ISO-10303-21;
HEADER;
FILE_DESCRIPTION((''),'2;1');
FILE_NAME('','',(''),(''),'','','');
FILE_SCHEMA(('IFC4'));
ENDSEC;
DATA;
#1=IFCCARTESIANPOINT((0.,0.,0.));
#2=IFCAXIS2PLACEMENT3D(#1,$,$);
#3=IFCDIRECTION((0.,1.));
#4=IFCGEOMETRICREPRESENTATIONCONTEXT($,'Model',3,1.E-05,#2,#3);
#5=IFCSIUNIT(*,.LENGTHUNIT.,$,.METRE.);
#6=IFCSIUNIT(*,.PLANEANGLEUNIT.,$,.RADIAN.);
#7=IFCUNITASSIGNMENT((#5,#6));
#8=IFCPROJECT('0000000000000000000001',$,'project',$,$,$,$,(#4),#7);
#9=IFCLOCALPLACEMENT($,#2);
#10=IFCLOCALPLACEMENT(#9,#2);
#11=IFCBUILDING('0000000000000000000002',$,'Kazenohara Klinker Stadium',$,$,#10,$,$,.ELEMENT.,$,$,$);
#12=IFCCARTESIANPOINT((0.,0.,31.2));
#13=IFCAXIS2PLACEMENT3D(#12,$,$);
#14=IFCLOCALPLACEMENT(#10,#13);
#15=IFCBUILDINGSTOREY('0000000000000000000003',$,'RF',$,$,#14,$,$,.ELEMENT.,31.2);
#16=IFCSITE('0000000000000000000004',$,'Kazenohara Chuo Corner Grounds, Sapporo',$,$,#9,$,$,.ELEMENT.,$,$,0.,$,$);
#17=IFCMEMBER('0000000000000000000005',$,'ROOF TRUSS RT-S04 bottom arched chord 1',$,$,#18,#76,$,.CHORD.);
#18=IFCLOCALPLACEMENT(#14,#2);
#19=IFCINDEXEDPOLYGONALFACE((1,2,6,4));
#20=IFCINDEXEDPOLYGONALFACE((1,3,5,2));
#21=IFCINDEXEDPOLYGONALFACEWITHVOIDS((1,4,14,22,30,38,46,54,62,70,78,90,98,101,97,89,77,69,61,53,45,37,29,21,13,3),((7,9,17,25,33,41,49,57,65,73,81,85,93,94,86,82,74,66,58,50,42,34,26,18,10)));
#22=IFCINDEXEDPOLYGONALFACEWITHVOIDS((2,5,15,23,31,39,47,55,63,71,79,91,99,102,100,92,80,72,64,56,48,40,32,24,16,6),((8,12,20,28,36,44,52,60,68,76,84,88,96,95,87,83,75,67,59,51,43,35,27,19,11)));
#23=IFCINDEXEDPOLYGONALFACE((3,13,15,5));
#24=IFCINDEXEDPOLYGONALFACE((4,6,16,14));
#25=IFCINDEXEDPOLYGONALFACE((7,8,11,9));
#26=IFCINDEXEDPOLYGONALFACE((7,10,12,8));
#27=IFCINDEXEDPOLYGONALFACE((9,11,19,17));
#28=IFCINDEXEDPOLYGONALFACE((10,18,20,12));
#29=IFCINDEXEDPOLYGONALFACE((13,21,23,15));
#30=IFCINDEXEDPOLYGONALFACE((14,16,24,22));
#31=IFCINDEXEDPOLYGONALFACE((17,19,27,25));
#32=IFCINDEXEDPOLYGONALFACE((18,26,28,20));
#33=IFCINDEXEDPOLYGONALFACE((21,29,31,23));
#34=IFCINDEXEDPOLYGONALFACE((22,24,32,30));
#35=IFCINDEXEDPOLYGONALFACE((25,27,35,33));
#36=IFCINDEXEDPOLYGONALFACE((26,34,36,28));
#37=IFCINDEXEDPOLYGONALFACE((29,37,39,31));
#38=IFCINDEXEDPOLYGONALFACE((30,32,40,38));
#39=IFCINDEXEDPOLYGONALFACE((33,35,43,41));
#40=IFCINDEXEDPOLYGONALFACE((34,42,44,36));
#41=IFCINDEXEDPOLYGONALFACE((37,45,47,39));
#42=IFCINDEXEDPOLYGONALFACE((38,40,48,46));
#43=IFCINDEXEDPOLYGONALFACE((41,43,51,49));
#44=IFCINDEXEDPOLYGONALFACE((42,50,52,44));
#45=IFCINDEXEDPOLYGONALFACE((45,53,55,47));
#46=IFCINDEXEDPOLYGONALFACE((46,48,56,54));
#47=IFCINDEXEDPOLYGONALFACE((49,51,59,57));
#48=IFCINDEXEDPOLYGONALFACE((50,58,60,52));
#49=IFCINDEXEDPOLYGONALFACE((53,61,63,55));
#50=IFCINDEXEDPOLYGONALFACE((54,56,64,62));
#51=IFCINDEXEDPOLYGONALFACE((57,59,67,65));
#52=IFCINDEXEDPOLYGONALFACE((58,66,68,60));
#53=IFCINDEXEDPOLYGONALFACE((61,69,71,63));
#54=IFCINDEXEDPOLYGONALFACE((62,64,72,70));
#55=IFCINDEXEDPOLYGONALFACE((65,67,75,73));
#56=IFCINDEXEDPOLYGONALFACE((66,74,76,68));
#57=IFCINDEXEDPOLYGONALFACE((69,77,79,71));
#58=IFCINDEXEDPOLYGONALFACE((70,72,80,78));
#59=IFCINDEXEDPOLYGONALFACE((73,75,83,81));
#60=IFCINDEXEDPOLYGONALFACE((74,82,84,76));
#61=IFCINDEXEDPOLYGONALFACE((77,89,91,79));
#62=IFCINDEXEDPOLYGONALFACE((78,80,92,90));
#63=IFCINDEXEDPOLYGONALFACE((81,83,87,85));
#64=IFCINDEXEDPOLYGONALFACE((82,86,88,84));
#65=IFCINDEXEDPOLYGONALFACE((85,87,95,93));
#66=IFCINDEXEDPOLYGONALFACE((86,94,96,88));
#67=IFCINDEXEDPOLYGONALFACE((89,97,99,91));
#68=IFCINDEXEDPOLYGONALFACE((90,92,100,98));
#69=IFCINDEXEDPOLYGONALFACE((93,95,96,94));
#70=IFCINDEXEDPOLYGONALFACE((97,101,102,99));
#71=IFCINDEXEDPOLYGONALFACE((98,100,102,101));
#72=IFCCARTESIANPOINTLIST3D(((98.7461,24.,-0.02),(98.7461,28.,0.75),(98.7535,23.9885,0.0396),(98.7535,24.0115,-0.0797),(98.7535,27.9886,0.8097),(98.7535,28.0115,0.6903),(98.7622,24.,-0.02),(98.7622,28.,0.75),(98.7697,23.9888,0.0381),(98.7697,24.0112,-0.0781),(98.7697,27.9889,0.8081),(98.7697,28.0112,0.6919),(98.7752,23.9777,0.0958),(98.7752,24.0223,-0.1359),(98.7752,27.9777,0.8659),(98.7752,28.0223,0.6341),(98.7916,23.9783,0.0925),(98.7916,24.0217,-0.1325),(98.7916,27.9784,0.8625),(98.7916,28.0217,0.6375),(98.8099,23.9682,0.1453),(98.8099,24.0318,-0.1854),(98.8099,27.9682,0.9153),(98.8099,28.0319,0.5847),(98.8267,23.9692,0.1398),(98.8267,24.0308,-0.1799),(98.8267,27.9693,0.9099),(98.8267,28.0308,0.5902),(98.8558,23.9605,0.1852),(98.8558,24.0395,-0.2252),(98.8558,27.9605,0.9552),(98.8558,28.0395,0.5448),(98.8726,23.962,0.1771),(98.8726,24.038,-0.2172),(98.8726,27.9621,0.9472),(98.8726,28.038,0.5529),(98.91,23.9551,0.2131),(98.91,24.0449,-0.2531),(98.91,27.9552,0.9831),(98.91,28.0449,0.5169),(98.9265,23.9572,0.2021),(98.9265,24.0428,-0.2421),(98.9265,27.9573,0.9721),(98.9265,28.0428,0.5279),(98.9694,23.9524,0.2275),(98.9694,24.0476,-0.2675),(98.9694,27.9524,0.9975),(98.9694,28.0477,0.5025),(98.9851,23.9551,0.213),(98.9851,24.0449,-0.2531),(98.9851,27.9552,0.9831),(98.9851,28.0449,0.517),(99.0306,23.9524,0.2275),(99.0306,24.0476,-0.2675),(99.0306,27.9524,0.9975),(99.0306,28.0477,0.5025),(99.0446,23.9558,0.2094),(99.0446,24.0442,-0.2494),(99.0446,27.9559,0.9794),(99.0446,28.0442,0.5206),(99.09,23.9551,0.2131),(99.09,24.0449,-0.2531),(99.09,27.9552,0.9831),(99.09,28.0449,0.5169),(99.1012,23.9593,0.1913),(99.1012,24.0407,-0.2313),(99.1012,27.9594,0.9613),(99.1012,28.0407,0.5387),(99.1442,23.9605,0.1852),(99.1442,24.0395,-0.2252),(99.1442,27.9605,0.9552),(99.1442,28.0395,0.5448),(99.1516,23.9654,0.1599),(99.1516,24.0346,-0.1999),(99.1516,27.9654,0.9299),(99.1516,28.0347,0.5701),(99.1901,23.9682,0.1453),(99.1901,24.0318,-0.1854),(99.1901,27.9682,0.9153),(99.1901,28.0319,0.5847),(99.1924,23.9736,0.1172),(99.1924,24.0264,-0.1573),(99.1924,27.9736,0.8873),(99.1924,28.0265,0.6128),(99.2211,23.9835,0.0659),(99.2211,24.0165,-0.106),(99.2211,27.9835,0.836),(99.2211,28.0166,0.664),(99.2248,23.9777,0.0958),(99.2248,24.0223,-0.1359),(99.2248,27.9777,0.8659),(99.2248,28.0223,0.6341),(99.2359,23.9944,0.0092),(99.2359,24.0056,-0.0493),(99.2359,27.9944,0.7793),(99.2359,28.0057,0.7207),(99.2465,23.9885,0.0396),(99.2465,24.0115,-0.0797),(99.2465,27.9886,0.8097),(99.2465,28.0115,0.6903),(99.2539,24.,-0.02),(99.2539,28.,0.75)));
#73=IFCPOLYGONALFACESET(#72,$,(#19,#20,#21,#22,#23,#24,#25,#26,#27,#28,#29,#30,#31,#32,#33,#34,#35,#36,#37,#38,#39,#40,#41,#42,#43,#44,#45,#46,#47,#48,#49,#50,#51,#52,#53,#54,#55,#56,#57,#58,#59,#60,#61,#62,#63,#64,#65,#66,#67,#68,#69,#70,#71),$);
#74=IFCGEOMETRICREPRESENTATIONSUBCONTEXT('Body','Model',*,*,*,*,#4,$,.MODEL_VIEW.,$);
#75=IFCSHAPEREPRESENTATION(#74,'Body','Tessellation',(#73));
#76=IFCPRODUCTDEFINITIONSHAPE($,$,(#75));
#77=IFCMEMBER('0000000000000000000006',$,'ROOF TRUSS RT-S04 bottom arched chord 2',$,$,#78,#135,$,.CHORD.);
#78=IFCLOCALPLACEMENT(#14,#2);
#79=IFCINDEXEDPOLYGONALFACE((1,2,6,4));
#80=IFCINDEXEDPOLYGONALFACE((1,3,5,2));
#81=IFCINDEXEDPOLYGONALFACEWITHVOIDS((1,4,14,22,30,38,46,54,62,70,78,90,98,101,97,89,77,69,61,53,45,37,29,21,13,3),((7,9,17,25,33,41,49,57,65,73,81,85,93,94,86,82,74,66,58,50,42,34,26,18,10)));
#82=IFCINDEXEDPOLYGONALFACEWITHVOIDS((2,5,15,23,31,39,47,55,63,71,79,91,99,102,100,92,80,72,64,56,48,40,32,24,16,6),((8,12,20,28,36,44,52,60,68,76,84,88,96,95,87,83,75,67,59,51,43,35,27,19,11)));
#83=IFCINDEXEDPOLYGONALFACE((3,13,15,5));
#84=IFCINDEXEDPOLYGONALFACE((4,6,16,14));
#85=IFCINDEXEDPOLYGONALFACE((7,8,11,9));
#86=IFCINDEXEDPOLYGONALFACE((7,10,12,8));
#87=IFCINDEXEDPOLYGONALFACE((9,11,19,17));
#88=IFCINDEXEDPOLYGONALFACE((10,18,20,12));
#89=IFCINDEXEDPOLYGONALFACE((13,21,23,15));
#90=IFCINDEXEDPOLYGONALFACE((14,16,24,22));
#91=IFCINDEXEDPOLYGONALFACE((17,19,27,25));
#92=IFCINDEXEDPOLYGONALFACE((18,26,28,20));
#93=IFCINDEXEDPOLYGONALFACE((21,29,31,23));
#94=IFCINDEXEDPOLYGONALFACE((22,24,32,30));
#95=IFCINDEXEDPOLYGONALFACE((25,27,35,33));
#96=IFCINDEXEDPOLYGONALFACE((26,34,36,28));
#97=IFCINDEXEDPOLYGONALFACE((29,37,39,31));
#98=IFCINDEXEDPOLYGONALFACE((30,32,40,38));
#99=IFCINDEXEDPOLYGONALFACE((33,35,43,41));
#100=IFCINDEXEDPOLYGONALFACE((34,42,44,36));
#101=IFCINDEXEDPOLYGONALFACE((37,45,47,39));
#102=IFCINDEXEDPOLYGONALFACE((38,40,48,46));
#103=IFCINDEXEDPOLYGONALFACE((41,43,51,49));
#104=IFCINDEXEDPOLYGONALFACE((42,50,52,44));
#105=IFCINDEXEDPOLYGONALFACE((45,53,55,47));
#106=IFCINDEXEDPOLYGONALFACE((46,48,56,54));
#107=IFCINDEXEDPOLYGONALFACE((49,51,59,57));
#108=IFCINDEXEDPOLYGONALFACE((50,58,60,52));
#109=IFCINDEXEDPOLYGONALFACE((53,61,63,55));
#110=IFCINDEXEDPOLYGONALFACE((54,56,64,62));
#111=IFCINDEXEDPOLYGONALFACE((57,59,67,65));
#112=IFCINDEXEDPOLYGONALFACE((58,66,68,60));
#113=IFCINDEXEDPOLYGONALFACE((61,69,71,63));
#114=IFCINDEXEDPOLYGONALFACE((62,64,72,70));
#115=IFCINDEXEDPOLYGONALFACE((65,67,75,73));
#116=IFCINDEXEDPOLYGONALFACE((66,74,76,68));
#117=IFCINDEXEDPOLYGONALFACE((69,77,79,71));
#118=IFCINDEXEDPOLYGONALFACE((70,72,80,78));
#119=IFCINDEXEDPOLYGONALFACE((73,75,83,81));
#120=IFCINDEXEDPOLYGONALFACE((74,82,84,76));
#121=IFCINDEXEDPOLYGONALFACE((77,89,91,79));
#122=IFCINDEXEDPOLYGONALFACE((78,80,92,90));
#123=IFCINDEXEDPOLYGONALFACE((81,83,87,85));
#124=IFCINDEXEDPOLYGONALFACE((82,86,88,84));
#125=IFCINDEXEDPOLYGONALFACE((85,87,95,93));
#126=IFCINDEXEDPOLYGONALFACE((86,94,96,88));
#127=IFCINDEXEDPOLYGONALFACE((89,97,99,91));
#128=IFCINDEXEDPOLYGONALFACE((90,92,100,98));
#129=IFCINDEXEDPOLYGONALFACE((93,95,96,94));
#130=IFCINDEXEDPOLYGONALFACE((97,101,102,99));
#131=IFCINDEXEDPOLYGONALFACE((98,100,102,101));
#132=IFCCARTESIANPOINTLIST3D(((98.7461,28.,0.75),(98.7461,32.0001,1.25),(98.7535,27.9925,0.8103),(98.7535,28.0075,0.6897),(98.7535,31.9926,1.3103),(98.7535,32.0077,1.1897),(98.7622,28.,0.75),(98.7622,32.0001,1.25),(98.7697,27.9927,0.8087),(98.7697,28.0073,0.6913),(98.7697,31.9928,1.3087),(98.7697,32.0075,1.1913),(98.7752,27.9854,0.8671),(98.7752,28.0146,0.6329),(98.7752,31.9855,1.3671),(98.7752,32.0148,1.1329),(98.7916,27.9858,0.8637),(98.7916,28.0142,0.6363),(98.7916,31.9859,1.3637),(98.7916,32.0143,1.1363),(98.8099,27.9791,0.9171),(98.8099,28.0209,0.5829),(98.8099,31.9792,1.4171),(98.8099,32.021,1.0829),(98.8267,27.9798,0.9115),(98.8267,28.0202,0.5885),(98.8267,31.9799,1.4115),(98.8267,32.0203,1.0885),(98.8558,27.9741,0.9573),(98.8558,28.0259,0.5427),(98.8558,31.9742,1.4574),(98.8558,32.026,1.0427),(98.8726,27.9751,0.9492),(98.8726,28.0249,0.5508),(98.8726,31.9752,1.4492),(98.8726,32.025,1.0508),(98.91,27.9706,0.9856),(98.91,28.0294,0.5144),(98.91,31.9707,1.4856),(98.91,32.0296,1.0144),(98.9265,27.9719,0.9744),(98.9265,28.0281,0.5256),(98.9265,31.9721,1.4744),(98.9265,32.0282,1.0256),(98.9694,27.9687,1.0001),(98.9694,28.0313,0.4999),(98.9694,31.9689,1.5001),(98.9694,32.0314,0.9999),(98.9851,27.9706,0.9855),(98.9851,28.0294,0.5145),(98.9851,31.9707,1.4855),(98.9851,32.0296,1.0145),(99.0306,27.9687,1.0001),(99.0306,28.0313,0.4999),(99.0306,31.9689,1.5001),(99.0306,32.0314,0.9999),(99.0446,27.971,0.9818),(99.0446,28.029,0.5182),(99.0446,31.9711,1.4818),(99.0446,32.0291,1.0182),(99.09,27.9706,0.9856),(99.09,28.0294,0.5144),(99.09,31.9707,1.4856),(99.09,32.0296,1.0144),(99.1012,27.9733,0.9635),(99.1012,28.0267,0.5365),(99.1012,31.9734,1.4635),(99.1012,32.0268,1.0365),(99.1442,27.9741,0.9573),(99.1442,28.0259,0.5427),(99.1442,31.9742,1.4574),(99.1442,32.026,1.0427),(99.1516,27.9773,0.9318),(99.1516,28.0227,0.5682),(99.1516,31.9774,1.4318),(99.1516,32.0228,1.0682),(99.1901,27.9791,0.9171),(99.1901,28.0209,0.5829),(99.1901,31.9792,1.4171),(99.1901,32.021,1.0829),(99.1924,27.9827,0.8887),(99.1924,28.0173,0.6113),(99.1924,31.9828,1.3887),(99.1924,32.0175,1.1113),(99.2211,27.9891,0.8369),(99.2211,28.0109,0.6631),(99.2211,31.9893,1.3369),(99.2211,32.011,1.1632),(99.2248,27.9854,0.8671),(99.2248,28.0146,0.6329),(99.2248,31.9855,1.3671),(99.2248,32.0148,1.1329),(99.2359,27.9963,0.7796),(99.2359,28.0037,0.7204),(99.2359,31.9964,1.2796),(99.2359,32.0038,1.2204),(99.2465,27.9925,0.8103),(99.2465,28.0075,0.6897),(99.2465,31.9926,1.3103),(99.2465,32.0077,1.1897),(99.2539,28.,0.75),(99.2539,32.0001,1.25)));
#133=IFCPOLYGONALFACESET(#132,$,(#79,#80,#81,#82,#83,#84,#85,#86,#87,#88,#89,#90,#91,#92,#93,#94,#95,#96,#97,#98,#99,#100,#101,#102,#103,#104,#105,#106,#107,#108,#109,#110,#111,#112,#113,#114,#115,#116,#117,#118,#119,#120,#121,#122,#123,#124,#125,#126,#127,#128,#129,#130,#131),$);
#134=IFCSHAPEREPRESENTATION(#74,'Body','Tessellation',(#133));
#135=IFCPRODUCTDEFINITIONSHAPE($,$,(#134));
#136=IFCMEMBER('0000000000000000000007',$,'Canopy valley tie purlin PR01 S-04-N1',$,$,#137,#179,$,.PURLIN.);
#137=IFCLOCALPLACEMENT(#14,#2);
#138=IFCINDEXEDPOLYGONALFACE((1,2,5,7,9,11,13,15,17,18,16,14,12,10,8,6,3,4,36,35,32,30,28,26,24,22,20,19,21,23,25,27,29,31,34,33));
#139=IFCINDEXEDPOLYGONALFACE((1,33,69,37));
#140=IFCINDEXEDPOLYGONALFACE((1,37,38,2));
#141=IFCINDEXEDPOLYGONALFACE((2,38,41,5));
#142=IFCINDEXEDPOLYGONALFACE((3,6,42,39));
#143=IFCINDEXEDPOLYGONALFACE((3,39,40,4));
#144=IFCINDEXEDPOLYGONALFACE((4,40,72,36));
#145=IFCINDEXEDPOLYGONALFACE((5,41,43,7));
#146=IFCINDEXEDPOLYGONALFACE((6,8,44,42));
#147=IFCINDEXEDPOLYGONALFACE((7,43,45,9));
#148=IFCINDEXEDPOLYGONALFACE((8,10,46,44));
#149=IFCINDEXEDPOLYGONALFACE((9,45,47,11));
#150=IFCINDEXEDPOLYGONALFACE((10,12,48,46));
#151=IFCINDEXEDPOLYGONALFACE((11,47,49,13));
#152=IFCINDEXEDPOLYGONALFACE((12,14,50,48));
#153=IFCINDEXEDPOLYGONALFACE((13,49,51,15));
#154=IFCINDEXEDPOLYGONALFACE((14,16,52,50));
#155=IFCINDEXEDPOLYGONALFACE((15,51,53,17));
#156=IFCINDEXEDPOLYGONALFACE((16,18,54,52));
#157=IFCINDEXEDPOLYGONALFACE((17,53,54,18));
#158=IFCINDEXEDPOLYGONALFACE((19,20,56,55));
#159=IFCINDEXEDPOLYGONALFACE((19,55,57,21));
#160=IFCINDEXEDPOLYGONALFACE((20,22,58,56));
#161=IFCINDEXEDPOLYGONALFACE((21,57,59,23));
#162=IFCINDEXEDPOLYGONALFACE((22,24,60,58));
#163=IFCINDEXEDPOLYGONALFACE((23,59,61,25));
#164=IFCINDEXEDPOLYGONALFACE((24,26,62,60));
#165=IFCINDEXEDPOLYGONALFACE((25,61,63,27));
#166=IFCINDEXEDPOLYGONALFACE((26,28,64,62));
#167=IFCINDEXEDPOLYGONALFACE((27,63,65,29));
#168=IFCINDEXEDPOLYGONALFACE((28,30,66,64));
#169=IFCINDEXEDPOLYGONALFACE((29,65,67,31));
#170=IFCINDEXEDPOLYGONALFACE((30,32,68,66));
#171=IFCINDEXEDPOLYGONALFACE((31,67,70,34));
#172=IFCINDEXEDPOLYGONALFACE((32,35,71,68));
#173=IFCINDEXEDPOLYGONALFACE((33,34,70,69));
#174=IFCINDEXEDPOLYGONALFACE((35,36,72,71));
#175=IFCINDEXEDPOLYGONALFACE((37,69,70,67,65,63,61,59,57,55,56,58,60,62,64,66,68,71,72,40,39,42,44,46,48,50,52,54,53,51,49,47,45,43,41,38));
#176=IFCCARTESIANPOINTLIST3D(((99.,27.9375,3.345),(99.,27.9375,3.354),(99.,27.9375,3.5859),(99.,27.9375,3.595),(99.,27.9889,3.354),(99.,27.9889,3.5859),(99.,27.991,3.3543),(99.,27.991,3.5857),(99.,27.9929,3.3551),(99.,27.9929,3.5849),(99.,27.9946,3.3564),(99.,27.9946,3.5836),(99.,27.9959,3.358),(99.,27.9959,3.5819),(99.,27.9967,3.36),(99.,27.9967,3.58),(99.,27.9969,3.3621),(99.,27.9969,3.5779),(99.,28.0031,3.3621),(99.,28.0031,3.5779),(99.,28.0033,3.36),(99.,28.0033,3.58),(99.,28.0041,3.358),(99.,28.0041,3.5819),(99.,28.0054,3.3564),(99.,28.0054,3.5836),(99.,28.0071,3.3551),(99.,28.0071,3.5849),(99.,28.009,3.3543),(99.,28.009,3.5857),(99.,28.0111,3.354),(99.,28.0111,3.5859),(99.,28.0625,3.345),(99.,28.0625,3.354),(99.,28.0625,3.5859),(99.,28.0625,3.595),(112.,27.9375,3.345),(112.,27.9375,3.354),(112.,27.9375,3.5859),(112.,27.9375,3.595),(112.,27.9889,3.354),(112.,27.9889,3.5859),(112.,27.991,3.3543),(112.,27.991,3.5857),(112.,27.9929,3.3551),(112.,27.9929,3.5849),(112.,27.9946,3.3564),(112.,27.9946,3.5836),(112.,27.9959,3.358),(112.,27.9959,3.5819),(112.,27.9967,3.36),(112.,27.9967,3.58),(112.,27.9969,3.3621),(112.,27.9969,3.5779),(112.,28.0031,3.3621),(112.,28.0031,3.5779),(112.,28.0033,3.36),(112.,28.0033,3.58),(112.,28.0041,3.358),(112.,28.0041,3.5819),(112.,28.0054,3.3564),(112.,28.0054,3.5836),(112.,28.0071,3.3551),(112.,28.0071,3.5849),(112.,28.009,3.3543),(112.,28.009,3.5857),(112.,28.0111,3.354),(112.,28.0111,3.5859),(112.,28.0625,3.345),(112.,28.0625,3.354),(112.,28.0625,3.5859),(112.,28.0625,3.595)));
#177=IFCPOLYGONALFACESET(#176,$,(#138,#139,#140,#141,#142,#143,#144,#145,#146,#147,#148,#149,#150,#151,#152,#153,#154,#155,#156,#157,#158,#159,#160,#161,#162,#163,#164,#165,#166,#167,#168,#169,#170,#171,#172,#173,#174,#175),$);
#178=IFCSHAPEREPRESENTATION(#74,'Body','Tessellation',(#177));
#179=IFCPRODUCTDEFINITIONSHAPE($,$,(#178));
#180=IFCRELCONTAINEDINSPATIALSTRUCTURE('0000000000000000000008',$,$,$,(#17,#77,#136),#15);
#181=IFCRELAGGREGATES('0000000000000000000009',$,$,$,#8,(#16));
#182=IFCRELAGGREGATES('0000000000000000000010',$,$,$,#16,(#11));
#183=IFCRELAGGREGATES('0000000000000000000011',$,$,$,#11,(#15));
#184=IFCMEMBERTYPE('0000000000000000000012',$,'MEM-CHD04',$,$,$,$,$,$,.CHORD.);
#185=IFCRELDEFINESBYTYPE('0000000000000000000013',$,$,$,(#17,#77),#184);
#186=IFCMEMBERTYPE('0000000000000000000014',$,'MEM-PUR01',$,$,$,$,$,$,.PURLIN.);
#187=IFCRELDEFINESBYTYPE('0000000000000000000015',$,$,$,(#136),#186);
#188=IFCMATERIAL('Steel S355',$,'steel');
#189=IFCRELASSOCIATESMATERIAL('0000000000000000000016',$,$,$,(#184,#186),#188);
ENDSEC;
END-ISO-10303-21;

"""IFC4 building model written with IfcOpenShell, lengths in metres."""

from ifc_helpers import new_model, si_unit, direction, frame, origin, origin_2d, place, context, subcontext, project, spatial, hollow_circle, i_section, extrude, material, material_profile, profile_set, type_object, element, save


model = new_model("IFC4")

# Units and contexts
model_context = context("Model", 3, precision=1e-05, world=origin(), true_north=direction((0.0, 1.0)))
body_context = subcontext(model_context, "Body", "Model", "MODEL_VIEW")
ifc_project = project(units=[si_unit("LENGTHUNIT", "METRE"), si_unit("PLANEANGLEUNIT", "RADIAN")], contexts=[model_context])

# Site, building, storey
site_placement = place(None, origin())
site = spatial("IfcSite", under=ifc_project, at=site_placement, Name="Kazenohara Chuo Corner Grounds, Sapporo", CompositionType="ELEMENT", RefElevation=0.0)
building_placement = place(site_placement, origin())
building = spatial("IfcBuilding", under=site, at=building_placement, Name="Kazenohara Klinker Stadium", CompositionType="ELEMENT")
storey_placement = place(building_placement, frame((0.0, 0.0, 31.2)))
storey = spatial("IfcBuildingStorey", under=building, at=storey_placement, Name="RF", CompositionType="ELEMENT", Elevation=31.2)

# Members
ifc_material_1 = material(Name="Steel S355", Category="steel")
ifc_material_profile_1 = material_profile(ifc_material_1, hollow_circle(Radius=0.2539, WallThickness=0.0161, at=origin_2d()), Name="CHS-508.0x16")
ifc_profile_set_1 = profile_set([ifc_material_profile_1], Name="Steel S355")
member_type_1 = type_object("IfcMemberType", Name="MEM-CHD04", PredefinedType="CHORD", material=ifc_profile_set_1)
member_1_placement = place(storey_placement, frame((99.0, 24.0, -0.02), z_axis=(0.0, 0.981971, 0.189034), x_axis=(-1.0, 0.0, 0.0)))
element("IfcMember", 1, at=member_1_placement, inside=storey, type_object=member_type_1, Name="ROOF TRUSS RT-S04 bottom arched chord 1", PredefinedType="CHORD", context=body_context, shape_type="SweptSolid", body=[
    extrude(hollow_circle(Radius=0.2539, WallThickness=0.0161, at=origin_2d()), origin(), (0.0, 0.0, 1.0), 4.0735),
])
member_2_placement = place(storey_placement, frame((99.0, 28.0, 0.75), z_axis=(0.0, 0.992278, 0.124035), x_axis=(-1.0, 0.0, 0.0)))
element("IfcMember", 2, at=member_2_placement, inside=storey, type_object=member_type_1, Name="ROOF TRUSS RT-S04 bottom arched chord 2", PredefinedType="CHORD", context=body_context, shape_type="SweptSolid", body=[
    extrude(hollow_circle(Radius=0.2539, WallThickness=0.0161, at=origin_2d()), origin(), (0.0, 0.0, 1.0), 4.0312),
])
ifc_material_profile_2 = material_profile(ifc_material_1, i_section(OverallWidth=0.125, OverallDepth=0.25, WebThickness=0.0061, FlangeThickness=0.009, FilletRadius=0.0081, at=origin_2d()), Name="H-250x125x6x9")
ifc_profile_set_2 = profile_set([ifc_material_profile_2], Name="Steel S355")
member_type_2 = type_object("IfcMemberType", Name="MEM-PUR01", PredefinedType="PURLIN", material=ifc_profile_set_2)
member_3_placement = place(storey_placement, frame((99.0, 28.0, 3.47), z_axis=(1.0, 0.0, 0.0), x_axis=(0.0, 1.0, 0.0)))
element("IfcMember", 3, at=member_3_placement, inside=storey, type_object=member_type_2, Name="Canopy valley tie purlin PR01 S-04-N1", PredefinedType="PURLIN", context=body_context, shape_type="SweptSolid", body=[
    extrude(i_section(OverallWidth=0.125, OverallDepth=0.25, WebThickness=0.0061, FlangeThickness=0.009, FilletRadius=0.0081, at=origin_2d()), origin(), (0.0, 0.0, 1.0), 13.0),
])

save(model, "model.ifc")
